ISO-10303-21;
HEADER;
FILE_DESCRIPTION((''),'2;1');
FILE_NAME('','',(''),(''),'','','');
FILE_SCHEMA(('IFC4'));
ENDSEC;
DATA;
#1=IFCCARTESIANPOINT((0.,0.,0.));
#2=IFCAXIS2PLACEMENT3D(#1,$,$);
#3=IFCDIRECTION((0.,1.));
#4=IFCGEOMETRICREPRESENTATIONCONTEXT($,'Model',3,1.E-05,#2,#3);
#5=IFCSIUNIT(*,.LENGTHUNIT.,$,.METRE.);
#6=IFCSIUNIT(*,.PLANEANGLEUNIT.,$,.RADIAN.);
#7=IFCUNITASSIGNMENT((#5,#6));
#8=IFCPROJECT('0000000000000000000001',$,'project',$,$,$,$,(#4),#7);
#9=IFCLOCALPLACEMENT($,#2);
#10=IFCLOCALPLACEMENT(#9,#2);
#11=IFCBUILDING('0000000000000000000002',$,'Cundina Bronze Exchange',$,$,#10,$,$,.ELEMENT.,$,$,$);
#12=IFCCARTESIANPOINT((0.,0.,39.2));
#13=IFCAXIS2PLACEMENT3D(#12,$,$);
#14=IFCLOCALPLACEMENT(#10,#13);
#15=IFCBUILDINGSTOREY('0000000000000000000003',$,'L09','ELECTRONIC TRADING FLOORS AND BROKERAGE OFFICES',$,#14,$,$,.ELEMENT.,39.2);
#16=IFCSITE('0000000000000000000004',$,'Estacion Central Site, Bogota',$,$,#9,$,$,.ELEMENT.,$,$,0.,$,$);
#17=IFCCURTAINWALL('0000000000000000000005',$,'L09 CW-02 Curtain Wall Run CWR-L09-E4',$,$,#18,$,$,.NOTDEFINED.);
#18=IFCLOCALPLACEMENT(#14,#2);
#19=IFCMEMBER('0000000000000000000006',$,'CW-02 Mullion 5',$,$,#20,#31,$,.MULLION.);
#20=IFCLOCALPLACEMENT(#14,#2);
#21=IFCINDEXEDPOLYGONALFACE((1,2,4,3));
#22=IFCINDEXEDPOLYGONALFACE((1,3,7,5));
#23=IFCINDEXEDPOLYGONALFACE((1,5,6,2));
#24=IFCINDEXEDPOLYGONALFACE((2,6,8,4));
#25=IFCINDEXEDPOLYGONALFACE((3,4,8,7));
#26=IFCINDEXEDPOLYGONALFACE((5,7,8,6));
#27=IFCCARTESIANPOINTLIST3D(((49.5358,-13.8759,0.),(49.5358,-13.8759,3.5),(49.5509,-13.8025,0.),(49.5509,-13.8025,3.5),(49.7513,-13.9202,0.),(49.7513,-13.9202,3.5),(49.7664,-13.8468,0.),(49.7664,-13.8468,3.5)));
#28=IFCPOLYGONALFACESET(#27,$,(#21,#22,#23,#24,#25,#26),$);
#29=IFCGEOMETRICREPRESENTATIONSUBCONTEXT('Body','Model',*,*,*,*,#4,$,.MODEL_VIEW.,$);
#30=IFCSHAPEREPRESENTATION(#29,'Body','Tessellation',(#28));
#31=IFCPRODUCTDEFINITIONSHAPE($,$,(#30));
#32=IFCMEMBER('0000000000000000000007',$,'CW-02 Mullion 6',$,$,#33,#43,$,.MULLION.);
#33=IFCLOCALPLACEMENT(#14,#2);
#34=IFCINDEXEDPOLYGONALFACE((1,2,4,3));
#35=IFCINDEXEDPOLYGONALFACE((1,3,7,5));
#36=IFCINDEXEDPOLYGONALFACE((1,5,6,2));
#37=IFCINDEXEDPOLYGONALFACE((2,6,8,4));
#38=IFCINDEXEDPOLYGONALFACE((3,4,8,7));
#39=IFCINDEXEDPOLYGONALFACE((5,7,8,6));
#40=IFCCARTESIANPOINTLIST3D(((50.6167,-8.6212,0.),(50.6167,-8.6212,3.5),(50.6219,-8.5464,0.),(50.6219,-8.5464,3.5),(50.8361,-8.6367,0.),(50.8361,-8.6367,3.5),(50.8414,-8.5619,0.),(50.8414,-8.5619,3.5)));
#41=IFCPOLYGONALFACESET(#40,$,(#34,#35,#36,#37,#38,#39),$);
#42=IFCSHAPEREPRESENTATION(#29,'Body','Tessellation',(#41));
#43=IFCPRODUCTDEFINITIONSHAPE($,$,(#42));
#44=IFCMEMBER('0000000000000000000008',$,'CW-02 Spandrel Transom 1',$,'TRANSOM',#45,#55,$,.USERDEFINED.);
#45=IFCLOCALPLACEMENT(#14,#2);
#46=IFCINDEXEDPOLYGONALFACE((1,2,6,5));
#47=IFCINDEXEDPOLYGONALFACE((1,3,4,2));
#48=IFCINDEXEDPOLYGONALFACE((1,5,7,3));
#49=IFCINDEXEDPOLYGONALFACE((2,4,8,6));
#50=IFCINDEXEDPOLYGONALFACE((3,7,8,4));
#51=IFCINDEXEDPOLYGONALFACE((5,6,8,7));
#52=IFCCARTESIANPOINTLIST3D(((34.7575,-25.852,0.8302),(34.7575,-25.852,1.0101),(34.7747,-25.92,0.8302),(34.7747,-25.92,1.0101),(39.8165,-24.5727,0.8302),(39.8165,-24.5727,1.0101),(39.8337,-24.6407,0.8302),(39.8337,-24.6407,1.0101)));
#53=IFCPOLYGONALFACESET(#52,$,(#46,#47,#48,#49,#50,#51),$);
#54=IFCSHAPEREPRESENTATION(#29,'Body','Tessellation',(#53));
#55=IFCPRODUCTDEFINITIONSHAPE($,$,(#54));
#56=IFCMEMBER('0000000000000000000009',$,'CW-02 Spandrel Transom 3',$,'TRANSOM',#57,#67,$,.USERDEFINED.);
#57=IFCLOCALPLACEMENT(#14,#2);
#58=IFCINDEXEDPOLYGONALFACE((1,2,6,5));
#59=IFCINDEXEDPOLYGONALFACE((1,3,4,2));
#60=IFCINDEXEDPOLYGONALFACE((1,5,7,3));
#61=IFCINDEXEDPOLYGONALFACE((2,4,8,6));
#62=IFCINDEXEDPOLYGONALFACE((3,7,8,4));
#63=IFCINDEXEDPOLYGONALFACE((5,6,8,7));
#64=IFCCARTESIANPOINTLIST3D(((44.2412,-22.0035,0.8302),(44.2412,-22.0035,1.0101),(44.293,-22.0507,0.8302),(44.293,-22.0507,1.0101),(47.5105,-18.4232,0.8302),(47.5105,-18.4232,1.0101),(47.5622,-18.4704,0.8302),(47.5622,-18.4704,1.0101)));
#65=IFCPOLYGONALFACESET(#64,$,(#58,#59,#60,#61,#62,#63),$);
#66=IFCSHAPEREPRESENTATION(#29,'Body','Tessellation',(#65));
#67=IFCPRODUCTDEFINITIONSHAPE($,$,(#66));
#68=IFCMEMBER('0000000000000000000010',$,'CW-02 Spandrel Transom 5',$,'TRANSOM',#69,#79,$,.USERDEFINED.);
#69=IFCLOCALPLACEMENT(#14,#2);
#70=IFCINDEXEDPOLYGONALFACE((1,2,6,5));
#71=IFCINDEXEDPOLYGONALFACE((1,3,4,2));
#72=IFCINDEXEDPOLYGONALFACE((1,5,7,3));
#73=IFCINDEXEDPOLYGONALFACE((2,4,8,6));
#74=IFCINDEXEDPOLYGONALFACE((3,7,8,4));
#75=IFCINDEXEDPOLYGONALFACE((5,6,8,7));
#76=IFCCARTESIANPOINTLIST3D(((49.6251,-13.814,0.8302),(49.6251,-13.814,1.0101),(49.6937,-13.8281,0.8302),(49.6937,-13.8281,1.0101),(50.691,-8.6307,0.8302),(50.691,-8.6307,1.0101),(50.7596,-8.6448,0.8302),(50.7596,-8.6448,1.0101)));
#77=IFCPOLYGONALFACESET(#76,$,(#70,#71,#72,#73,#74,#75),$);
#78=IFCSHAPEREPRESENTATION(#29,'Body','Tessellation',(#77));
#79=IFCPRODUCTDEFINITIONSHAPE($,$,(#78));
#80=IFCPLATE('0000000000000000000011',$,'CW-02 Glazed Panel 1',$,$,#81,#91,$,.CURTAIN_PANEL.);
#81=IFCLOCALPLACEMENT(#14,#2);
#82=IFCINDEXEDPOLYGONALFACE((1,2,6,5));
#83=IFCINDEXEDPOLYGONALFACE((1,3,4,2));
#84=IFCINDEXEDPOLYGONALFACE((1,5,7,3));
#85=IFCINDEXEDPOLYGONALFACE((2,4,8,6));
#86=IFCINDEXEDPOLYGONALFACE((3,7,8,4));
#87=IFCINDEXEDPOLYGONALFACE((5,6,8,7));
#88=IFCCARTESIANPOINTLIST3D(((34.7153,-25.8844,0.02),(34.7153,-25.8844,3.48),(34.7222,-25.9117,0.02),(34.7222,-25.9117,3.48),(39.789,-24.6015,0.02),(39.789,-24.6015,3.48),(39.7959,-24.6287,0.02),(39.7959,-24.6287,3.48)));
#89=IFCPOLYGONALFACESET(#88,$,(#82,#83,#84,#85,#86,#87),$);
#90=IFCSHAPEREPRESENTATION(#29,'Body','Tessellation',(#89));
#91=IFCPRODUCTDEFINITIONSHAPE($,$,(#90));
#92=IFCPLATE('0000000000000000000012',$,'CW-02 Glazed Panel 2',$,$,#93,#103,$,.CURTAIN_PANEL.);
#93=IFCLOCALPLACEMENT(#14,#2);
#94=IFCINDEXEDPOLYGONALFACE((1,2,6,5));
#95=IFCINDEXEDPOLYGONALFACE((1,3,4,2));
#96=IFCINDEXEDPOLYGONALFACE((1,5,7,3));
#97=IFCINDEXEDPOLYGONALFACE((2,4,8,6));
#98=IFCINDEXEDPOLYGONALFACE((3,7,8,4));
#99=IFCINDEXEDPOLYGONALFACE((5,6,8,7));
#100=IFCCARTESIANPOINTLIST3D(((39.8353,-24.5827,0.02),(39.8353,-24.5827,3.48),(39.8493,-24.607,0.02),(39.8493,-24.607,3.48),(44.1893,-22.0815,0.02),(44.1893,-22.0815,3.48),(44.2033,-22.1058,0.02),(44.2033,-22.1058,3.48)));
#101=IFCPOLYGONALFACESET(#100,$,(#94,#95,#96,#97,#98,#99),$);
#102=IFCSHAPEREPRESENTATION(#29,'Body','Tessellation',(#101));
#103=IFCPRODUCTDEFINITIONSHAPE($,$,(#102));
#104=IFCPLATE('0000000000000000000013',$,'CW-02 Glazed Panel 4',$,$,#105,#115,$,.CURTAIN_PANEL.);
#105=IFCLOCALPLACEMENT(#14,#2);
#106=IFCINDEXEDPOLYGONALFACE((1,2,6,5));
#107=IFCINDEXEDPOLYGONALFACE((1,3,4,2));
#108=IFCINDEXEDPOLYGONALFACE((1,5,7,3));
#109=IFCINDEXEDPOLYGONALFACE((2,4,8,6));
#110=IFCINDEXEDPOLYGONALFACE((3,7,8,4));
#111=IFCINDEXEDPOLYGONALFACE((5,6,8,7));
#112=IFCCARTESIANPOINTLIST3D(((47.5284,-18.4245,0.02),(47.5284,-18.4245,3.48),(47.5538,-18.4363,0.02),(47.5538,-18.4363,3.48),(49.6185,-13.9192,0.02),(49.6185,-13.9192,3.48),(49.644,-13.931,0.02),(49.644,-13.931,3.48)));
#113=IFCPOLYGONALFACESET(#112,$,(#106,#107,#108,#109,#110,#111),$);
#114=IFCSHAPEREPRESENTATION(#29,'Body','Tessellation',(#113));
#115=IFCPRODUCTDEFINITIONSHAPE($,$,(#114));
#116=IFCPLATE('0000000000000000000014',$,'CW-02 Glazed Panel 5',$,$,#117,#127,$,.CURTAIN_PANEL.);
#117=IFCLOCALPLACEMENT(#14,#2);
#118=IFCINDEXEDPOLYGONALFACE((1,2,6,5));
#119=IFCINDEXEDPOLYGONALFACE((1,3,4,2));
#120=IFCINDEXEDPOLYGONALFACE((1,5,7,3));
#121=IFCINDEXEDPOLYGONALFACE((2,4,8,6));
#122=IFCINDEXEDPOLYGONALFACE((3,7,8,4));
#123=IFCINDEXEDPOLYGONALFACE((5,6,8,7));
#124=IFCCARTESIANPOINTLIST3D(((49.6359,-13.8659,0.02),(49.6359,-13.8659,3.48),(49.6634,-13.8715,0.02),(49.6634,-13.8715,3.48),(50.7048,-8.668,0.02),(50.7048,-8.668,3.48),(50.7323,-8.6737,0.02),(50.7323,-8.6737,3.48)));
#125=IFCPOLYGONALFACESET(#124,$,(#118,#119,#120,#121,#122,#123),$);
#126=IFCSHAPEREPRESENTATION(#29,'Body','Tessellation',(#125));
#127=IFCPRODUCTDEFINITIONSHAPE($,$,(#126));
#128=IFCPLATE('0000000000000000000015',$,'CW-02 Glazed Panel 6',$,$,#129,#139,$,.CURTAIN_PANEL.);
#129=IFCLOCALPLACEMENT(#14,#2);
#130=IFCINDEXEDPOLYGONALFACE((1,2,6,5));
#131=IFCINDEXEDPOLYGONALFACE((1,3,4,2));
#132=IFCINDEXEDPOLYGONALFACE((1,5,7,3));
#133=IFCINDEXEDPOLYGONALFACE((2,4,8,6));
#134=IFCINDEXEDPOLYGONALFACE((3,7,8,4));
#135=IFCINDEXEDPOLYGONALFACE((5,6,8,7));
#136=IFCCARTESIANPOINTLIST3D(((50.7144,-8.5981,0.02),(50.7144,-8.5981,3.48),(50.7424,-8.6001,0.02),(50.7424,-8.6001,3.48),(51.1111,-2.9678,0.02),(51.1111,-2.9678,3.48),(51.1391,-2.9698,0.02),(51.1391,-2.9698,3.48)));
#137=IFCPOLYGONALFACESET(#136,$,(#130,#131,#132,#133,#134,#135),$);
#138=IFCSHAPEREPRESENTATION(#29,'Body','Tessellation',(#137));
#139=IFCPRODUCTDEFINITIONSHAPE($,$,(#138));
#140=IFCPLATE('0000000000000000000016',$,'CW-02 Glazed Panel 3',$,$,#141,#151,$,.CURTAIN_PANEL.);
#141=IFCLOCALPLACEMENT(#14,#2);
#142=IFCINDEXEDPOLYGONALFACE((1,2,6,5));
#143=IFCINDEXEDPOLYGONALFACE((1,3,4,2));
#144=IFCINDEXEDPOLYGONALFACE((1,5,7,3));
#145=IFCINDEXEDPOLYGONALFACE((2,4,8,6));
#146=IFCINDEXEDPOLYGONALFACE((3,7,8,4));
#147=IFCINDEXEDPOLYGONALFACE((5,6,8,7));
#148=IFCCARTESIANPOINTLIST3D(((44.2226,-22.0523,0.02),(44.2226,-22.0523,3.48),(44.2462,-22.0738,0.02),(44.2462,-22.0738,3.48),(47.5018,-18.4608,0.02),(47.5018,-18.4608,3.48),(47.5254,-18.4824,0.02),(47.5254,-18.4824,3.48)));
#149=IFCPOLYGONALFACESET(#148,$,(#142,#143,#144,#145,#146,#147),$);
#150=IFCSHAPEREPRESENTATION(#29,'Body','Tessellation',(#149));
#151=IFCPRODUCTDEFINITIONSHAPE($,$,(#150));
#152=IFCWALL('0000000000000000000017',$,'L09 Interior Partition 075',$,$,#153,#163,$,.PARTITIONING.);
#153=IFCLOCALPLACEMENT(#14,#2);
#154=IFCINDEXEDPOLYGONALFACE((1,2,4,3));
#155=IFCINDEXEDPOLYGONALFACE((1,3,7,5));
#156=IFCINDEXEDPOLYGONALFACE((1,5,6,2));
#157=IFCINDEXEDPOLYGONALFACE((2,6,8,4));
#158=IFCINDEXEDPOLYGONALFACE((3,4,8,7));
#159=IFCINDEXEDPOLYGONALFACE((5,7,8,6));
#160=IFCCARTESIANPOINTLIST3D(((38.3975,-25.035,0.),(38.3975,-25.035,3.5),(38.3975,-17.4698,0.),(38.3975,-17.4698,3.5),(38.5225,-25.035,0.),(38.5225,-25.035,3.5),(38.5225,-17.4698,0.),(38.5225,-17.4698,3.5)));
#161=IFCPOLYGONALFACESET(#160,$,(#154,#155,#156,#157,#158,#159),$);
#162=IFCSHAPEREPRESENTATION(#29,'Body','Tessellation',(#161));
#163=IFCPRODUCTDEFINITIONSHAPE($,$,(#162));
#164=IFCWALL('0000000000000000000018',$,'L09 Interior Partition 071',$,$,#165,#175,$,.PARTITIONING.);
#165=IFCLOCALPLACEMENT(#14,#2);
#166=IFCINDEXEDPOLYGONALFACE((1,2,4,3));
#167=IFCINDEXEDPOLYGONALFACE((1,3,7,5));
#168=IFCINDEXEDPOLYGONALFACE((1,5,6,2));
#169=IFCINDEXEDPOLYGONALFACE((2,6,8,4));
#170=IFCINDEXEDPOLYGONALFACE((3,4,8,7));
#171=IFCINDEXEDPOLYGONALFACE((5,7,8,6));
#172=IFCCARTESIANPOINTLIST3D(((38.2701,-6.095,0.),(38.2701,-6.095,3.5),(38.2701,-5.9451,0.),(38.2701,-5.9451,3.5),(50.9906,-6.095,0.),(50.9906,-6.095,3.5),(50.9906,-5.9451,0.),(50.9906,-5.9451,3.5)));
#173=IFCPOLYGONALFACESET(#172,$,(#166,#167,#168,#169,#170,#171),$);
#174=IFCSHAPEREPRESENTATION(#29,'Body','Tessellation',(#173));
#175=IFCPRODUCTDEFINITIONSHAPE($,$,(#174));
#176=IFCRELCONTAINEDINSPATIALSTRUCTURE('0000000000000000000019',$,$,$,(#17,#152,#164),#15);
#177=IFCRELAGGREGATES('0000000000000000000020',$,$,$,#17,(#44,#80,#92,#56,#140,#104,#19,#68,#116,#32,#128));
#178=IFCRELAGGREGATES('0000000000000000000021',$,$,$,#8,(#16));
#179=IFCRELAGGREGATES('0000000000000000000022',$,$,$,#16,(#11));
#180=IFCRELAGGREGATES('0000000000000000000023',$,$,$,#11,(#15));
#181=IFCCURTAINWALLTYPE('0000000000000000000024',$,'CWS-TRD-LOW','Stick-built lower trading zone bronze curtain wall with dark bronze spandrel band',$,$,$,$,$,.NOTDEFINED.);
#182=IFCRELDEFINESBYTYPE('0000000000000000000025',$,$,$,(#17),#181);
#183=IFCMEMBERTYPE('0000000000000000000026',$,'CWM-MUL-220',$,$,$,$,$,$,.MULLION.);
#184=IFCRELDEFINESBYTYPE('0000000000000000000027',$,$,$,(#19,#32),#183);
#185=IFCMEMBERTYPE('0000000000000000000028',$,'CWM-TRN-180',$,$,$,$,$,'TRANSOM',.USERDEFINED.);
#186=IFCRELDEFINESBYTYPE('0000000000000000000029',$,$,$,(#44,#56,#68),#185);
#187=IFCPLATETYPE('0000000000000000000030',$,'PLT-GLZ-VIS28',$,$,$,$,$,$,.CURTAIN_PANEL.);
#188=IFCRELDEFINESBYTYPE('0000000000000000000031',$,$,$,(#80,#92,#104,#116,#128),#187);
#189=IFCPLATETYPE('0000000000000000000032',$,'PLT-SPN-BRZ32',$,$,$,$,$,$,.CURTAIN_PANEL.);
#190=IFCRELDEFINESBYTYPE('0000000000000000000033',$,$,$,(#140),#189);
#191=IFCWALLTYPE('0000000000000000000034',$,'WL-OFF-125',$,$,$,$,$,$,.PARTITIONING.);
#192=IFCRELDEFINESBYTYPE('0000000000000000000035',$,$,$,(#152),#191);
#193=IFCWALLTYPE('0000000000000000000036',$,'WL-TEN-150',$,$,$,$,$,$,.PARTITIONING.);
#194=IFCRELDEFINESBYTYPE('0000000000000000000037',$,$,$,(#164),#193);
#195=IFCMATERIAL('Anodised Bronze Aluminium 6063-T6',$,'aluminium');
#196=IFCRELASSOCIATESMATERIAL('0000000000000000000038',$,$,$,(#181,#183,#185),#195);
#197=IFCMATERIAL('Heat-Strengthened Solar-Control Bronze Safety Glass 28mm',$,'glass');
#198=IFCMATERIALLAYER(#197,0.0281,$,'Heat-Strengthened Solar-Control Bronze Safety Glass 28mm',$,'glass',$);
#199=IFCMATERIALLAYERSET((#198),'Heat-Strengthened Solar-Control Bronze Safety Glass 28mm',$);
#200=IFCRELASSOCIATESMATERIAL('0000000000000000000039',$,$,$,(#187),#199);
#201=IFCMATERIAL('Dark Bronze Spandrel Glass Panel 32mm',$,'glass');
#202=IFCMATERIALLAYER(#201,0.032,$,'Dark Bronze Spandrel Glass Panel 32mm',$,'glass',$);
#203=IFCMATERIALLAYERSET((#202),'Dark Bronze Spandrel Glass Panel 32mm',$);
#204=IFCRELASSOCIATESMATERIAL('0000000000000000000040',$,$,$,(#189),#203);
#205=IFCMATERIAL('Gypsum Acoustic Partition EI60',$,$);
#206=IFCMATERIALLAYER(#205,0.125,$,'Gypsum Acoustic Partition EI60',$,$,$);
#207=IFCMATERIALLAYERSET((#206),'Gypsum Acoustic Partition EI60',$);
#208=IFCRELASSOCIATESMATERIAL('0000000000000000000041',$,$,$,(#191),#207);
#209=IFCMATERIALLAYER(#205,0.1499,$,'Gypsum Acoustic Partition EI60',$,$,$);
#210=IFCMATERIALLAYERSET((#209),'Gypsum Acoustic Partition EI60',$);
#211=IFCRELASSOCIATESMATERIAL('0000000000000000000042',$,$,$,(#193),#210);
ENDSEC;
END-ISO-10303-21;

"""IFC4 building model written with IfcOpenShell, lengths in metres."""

from ifc_helpers import new_model, si_unit, direction, frame, frame_2d, origin, origin_2d, place, context, subcontext, project, spatial, rectangle, extrude, material, layer, layer_set, material_profile, profile_set, type_object, element, aggregate, save


model = new_model("IFC4")

# Units and contexts
model_context = context("Model", 3, precision=1e-05, world=origin(), true_north=direction((0.0, 1.0)))
body_context = subcontext(model_context, "Body", "Model", "MODEL_VIEW")
ifc_project = project(units=[si_unit("LENGTHUNIT", "METRE"), si_unit("PLANEANGLEUNIT", "RADIAN")], contexts=[model_context])

# Site, building, storey
site_placement = place(None, origin())
site = spatial("IfcSite", under=ifc_project, at=site_placement, Name="Estacion Central Site, Bogota", CompositionType="ELEMENT", RefElevation=0.0)
building_placement = place(site_placement, origin())
building = spatial("IfcBuilding", under=site, at=building_placement, Name="Cundina Bronze Exchange", CompositionType="ELEMENT")
storey_placement = place(building_placement, frame((0.0, 0.0, 39.2)))
storey = spatial("IfcBuildingStorey", under=building, at=storey_placement, Name="L09", Description="ELECTRONIC TRADING FLOORS AND BROKERAGE OFFICES", CompositionType="ELEMENT", Elevation=39.2)

# Curtain wall, members, plates
ifc_material_1 = material(Name="Anodised Bronze Aluminium 6063-T6", Category="aluminium")
curtain_wall_type = type_object("IfcCurtainWallType", Name="CWS-TRD-LOW", Description="Stick-built lower trading zone bronze curtain wall with dark bronze spandrel band", PredefinedType="NOTDEFINED", material=ifc_material_1)
curtain_wall_placement = place(storey_placement, origin())
curtain_wall = element("IfcCurtainWall", 1, at=curtain_wall_placement, inside=storey, type_object=curtain_wall_type, Name="L09 CW-02 Curtain Wall Run CWR-L09-E4", PredefinedType="NOTDEFINED")
ifc_material_profile_1 = material_profile(ifc_material_1, rectangle(XDim=0.075, YDim=0.22, at=origin_2d()), Name="AL75X220", Category="aluminium")
ifc_profile_set_1 = profile_set([ifc_material_profile_1], Name="Anodised Bronze Aluminium 6063-T6")
member_type_1 = type_object("IfcMemberType", Name="CWM-MUL-220", PredefinedType="MULLION", material=ifc_profile_set_1)
member_1_placement = place(storey_placement, frame((49.6511, -13.8613, 0.0), z_axis=(0.0, 0.0, 1.0), x_axis=(0.20142, 0.979505, 0.0)))
member_1 = element("IfcMember", 2, at=member_1_placement, type_object=member_type_1, Name="CW-02 Mullion 5", PredefinedType="MULLION", context=body_context, shape_type="SweptSolid", body=[
    extrude(rectangle(XDim=0.075, YDim=0.22, at=origin_2d()), origin(), (0.0, 0.0, 1.0), 3.5),
])
member_2_placement = place(storey_placement, frame((50.729, -8.5916, 0.0), z_axis=(0.0, 0.0, 1.0), x_axis=(0.070279, 0.997527, 0.0)))
member_2 = element("IfcMember", 3, at=member_2_placement, type_object=member_type_1, Name="CW-02 Mullion 6", PredefinedType="MULLION", context=body_context, shape_type="SweptSolid", body=[
    extrude(rectangle(XDim=0.075, YDim=0.22, at=origin_2d()), origin(), (0.0, 0.0, 1.0), 3.5),
])
ifc_material_profile_2 = material_profile(ifc_material_1, rectangle(XDim=0.0701, YDim=0.1799, at=origin_2d()), Name="AL70X180", Category="aluminium")
ifc_profile_set_2 = profile_set([ifc_material_profile_2], Name="Anodised Bronze Aluminium 6063-T6")
member_type_2 = type_object("IfcMemberType", Name="CWM-TRN-180", ElementType="TRANSOM", PredefinedType="USERDEFINED", material=ifc_profile_set_2)
member_3_placement = place(storey_placement, frame((34.7661, -25.886, 0.9202), z_axis=(0.969484, 0.245155, 0.0), x_axis=(-0.245155, 0.969484, 0.0)))
member_3 = element("IfcMember", 4, at=member_3_placement, type_object=member_type_2, Name="CW-02 Spandrel Transom 1", ObjectType="TRANSOM", PredefinedType="USERDEFINED", context=body_context, shape_type="SweptSolid", body=[
    extrude(rectangle(XDim=0.0701, YDim=0.1799, at=origin_2d()), origin(), (0.0, 0.0, 1.0), 5.2183),
])
member_4_placement = place(storey_placement, frame((44.2671, -22.0271, 0.9202), z_axis=(0.674303, 0.738455, 0.0), x_axis=(-0.738455, 0.674303, 0.0)))
member_4 = element("IfcMember", 5, at=member_4_placement, type_object=member_type_2, Name="CW-02 Spandrel Transom 3", ObjectType="TRANSOM", PredefinedType="USERDEFINED", context=body_context, shape_type="SweptSolid", body=[
    extrude(rectangle(XDim=0.0701, YDim=0.1799, at=origin_2d()), origin(), (0.0, 0.0, 1.0), 4.8484),
])
member_5_placement = place(storey_placement, frame((49.6594, -13.821, 0.9202), z_axis=(0.201428, 0.979503, 0.0), x_axis=(-0.979503, 0.201428, 0.0)))
member_5 = element("IfcMember", 6, at=member_5_placement, type_object=member_type_2, Name="CW-02 Spandrel Transom 5", ObjectType="TRANSOM", PredefinedType="USERDEFINED", context=body_context, shape_type="SweptSolid", body=[
    extrude(rectangle(XDim=0.0701, YDim=0.1799, at=origin_2d()), origin(), (0.0, 0.0, 1.0), 5.2917),
])
ifc_material_2 = material(Name="Heat-Strengthened Solar-Control Bronze Safety Glass 28mm", Category="glass")
ifc_layer_1 = layer(ifc_material_2, 0.0281, Name="Heat-Strengthened Solar-Control Bronze Safety Glass 28mm", Category="glass")
ifc_layer_set_1 = layer_set([ifc_layer_1], Name="Heat-Strengthened Solar-Control Bronze Safety Glass 28mm")
plate_type_1 = type_object("IfcPlateType", Name="PLT-GLZ-VIS28", PredefinedType="CURTAIN_PANEL", material=ifc_layer_set_1)
plate_1_placement = place(storey_placement, frame((37.2556, -25.2566, 0.02), z_axis=(0.0, 0.0, 1.0), x_axis=(0.969488, 0.245138, 0.0)))
plate_1 = element("IfcPlate", 7, at=plate_1_placement, type_object=plate_type_1, Name="CW-02 Glazed Panel 1", PredefinedType="CURTAIN_PANEL", context=body_context, shape_type="SweptSolid", body=[
    extrude(rectangle(XDim=5.2334, YDim=0.0281, at=origin_2d()), origin(), (0.0, 0.0, 1.0), 3.46),
])
plate_2_placement = place(storey_placement, frame((42.0193, -23.3442, 0.02), z_axis=(0.0, 0.0, 1.0), x_axis=(0.867105, 0.498125, 0.0)))
plate_2 = element("IfcPlate", 8, at=plate_2_placement, type_object=plate_type_1, Name="CW-02 Glazed Panel 2", PredefinedType="CURTAIN_PANEL", context=body_context, shape_type="SweptSolid", body=[
    extrude(rectangle(XDim=5.0212, YDim=0.0281, at=origin_2d()), origin(), (0.0, 0.0, 1.0), 3.46),
])
plate_3_placement = place(storey_placement, frame((48.5862, -16.1777, 0.02), z_axis=(0.0, 0.0, 1.0), x_axis=(0.420846, 0.907132, 0.0)))
plate_3 = element("IfcPlate", 9, at=plate_3_placement, type_object=plate_type_1, Name="CW-02 Glazed Panel 4", PredefinedType="CURTAIN_PANEL", context=body_context, shape_type="SweptSolid", body=[
    extrude(rectangle(XDim=4.9666, YDim=0.0281, at=origin_2d()), origin(), (0.0, 0.0, 1.0), 3.46),
])
plate_4_placement = place(storey_placement, frame((50.1841, -11.2698, 0.02), z_axis=(0.0, 0.0, 1.0), x_axis=(0.20142, 0.979505, 0.0)))
plate_4 = element("IfcPlate", 10, at=plate_4_placement, type_object=plate_type_1, Name="CW-02 Glazed Panel 5", PredefinedType="CURTAIN_PANEL", context=body_context, shape_type="SweptSolid", body=[
    extrude(rectangle(XDim=5.3066, YDim=0.0281, at=origin_2d()), origin(), (0.0, 0.0, 1.0), 3.46),
])
plate_5_placement = place(storey_placement, frame((50.9268, -5.7839, 0.02), z_axis=(0.0, 0.0, 1.0), x_axis=(0.070279, 0.997527, 0.0)))
plate_5 = element("IfcPlate", 11, at=plate_5_placement, type_object=plate_type_1, Name="CW-02 Glazed Panel 6", PredefinedType="CURTAIN_PANEL", context=body_context, shape_type="SweptSolid", body=[
    extrude(rectangle(XDim=5.6443, YDim=0.0281, at=origin_2d()), origin(), (0.0, 0.0, 1.0), 3.46),
])
ifc_material_3 = material(Name="Dark Bronze Spandrel Glass Panel 32mm", Category="glass")
ifc_layer_2 = layer(ifc_material_3, 0.032, Name="Dark Bronze Spandrel Glass Panel 32mm", Category="glass")
ifc_layer_set_2 = layer_set([ifc_layer_2], Name="Dark Bronze Spandrel Glass Panel 32mm")
plate_type_2 = type_object("IfcPlateType", Name="PLT-SPN-BRZ32", PredefinedType="CURTAIN_PANEL", material=ifc_layer_set_2)
plate_6_placement = place(storey_placement, frame((45.874, -20.2673, 0.02), z_axis=(0.0, 0.0, 1.0), x_axis=(0.674277, 0.738479, 0.0)))
plate_6 = element("IfcPlate", 12, at=plate_6_placement, type_object=plate_type_2, Name="CW-02 Glazed Panel 3", PredefinedType="CURTAIN_PANEL", context=body_context, shape_type="SweptSolid", body=[
    extrude(rectangle(XDim=4.8633, YDim=0.032, at=origin_2d()), origin(), (0.0, 0.0, 1.0), 3.46),
])
aggregate(curtain_wall, [member_3, plate_1, plate_2, member_4, plate_6, plate_3, member_1, member_5, plate_4, member_2, plate_5])

# Walls
ifc_material_4 = material(Name="Gypsum Acoustic Partition EI60")
ifc_layer_3 = layer(ifc_material_4, 0.125, Name="Gypsum Acoustic Partition EI60")
ifc_layer_set_3 = layer_set([ifc_layer_3], Name="Gypsum Acoustic Partition EI60")
wall_type_1 = type_object("IfcWallType", Name="WL-OFF-125", PredefinedType="PARTITIONING", material=ifc_layer_set_3)
wall_1_placement = place(storey_placement, frame((38.46, -25.0352, 0.0), z_axis=(0.0, 0.0, 1.0), x_axis=(0.0, 1.0, 0.0)))
element("IfcWall", 13, at=wall_1_placement, inside=storey, type_object=wall_type_1, Name="L09 Interior Partition 075", PredefinedType="PARTITIONING", context=body_context, shape_type="SweptSolid", body=[
    extrude(rectangle(XDim=7.5652, YDim=0.125, at=frame_2d((3.7827, 0.0))), origin(), (0.0, 0.0, 1.0), 3.5),
])
ifc_layer_4 = layer(ifc_material_4, 0.1499, Name="Gypsum Acoustic Partition EI60")
ifc_layer_set_4 = layer_set([ifc_layer_4], Name="Gypsum Acoustic Partition EI60")
wall_type_2 = type_object("IfcWallType", Name="WL-TEN-150", PredefinedType="PARTITIONING", material=ifc_layer_set_4)
wall_2_placement = place(storey_placement, frame((38.27, -6.02, 0.0), z_axis=(0.0, 0.0, 1.0), x_axis=(1.0, 0.0, 0.0)))
element("IfcWall", 14, at=wall_2_placement, inside=storey, type_object=wall_type_2, Name="L09 Interior Partition 071", PredefinedType="PARTITIONING", context=body_context, shape_type="SweptSolid", body=[
    extrude(rectangle(XDim=12.7205, YDim=0.1499, at=frame_2d((6.3604, 0.0))), origin(), (0.0, 0.0, 1.0), 3.5),
])

save(model, "model.ifc")
